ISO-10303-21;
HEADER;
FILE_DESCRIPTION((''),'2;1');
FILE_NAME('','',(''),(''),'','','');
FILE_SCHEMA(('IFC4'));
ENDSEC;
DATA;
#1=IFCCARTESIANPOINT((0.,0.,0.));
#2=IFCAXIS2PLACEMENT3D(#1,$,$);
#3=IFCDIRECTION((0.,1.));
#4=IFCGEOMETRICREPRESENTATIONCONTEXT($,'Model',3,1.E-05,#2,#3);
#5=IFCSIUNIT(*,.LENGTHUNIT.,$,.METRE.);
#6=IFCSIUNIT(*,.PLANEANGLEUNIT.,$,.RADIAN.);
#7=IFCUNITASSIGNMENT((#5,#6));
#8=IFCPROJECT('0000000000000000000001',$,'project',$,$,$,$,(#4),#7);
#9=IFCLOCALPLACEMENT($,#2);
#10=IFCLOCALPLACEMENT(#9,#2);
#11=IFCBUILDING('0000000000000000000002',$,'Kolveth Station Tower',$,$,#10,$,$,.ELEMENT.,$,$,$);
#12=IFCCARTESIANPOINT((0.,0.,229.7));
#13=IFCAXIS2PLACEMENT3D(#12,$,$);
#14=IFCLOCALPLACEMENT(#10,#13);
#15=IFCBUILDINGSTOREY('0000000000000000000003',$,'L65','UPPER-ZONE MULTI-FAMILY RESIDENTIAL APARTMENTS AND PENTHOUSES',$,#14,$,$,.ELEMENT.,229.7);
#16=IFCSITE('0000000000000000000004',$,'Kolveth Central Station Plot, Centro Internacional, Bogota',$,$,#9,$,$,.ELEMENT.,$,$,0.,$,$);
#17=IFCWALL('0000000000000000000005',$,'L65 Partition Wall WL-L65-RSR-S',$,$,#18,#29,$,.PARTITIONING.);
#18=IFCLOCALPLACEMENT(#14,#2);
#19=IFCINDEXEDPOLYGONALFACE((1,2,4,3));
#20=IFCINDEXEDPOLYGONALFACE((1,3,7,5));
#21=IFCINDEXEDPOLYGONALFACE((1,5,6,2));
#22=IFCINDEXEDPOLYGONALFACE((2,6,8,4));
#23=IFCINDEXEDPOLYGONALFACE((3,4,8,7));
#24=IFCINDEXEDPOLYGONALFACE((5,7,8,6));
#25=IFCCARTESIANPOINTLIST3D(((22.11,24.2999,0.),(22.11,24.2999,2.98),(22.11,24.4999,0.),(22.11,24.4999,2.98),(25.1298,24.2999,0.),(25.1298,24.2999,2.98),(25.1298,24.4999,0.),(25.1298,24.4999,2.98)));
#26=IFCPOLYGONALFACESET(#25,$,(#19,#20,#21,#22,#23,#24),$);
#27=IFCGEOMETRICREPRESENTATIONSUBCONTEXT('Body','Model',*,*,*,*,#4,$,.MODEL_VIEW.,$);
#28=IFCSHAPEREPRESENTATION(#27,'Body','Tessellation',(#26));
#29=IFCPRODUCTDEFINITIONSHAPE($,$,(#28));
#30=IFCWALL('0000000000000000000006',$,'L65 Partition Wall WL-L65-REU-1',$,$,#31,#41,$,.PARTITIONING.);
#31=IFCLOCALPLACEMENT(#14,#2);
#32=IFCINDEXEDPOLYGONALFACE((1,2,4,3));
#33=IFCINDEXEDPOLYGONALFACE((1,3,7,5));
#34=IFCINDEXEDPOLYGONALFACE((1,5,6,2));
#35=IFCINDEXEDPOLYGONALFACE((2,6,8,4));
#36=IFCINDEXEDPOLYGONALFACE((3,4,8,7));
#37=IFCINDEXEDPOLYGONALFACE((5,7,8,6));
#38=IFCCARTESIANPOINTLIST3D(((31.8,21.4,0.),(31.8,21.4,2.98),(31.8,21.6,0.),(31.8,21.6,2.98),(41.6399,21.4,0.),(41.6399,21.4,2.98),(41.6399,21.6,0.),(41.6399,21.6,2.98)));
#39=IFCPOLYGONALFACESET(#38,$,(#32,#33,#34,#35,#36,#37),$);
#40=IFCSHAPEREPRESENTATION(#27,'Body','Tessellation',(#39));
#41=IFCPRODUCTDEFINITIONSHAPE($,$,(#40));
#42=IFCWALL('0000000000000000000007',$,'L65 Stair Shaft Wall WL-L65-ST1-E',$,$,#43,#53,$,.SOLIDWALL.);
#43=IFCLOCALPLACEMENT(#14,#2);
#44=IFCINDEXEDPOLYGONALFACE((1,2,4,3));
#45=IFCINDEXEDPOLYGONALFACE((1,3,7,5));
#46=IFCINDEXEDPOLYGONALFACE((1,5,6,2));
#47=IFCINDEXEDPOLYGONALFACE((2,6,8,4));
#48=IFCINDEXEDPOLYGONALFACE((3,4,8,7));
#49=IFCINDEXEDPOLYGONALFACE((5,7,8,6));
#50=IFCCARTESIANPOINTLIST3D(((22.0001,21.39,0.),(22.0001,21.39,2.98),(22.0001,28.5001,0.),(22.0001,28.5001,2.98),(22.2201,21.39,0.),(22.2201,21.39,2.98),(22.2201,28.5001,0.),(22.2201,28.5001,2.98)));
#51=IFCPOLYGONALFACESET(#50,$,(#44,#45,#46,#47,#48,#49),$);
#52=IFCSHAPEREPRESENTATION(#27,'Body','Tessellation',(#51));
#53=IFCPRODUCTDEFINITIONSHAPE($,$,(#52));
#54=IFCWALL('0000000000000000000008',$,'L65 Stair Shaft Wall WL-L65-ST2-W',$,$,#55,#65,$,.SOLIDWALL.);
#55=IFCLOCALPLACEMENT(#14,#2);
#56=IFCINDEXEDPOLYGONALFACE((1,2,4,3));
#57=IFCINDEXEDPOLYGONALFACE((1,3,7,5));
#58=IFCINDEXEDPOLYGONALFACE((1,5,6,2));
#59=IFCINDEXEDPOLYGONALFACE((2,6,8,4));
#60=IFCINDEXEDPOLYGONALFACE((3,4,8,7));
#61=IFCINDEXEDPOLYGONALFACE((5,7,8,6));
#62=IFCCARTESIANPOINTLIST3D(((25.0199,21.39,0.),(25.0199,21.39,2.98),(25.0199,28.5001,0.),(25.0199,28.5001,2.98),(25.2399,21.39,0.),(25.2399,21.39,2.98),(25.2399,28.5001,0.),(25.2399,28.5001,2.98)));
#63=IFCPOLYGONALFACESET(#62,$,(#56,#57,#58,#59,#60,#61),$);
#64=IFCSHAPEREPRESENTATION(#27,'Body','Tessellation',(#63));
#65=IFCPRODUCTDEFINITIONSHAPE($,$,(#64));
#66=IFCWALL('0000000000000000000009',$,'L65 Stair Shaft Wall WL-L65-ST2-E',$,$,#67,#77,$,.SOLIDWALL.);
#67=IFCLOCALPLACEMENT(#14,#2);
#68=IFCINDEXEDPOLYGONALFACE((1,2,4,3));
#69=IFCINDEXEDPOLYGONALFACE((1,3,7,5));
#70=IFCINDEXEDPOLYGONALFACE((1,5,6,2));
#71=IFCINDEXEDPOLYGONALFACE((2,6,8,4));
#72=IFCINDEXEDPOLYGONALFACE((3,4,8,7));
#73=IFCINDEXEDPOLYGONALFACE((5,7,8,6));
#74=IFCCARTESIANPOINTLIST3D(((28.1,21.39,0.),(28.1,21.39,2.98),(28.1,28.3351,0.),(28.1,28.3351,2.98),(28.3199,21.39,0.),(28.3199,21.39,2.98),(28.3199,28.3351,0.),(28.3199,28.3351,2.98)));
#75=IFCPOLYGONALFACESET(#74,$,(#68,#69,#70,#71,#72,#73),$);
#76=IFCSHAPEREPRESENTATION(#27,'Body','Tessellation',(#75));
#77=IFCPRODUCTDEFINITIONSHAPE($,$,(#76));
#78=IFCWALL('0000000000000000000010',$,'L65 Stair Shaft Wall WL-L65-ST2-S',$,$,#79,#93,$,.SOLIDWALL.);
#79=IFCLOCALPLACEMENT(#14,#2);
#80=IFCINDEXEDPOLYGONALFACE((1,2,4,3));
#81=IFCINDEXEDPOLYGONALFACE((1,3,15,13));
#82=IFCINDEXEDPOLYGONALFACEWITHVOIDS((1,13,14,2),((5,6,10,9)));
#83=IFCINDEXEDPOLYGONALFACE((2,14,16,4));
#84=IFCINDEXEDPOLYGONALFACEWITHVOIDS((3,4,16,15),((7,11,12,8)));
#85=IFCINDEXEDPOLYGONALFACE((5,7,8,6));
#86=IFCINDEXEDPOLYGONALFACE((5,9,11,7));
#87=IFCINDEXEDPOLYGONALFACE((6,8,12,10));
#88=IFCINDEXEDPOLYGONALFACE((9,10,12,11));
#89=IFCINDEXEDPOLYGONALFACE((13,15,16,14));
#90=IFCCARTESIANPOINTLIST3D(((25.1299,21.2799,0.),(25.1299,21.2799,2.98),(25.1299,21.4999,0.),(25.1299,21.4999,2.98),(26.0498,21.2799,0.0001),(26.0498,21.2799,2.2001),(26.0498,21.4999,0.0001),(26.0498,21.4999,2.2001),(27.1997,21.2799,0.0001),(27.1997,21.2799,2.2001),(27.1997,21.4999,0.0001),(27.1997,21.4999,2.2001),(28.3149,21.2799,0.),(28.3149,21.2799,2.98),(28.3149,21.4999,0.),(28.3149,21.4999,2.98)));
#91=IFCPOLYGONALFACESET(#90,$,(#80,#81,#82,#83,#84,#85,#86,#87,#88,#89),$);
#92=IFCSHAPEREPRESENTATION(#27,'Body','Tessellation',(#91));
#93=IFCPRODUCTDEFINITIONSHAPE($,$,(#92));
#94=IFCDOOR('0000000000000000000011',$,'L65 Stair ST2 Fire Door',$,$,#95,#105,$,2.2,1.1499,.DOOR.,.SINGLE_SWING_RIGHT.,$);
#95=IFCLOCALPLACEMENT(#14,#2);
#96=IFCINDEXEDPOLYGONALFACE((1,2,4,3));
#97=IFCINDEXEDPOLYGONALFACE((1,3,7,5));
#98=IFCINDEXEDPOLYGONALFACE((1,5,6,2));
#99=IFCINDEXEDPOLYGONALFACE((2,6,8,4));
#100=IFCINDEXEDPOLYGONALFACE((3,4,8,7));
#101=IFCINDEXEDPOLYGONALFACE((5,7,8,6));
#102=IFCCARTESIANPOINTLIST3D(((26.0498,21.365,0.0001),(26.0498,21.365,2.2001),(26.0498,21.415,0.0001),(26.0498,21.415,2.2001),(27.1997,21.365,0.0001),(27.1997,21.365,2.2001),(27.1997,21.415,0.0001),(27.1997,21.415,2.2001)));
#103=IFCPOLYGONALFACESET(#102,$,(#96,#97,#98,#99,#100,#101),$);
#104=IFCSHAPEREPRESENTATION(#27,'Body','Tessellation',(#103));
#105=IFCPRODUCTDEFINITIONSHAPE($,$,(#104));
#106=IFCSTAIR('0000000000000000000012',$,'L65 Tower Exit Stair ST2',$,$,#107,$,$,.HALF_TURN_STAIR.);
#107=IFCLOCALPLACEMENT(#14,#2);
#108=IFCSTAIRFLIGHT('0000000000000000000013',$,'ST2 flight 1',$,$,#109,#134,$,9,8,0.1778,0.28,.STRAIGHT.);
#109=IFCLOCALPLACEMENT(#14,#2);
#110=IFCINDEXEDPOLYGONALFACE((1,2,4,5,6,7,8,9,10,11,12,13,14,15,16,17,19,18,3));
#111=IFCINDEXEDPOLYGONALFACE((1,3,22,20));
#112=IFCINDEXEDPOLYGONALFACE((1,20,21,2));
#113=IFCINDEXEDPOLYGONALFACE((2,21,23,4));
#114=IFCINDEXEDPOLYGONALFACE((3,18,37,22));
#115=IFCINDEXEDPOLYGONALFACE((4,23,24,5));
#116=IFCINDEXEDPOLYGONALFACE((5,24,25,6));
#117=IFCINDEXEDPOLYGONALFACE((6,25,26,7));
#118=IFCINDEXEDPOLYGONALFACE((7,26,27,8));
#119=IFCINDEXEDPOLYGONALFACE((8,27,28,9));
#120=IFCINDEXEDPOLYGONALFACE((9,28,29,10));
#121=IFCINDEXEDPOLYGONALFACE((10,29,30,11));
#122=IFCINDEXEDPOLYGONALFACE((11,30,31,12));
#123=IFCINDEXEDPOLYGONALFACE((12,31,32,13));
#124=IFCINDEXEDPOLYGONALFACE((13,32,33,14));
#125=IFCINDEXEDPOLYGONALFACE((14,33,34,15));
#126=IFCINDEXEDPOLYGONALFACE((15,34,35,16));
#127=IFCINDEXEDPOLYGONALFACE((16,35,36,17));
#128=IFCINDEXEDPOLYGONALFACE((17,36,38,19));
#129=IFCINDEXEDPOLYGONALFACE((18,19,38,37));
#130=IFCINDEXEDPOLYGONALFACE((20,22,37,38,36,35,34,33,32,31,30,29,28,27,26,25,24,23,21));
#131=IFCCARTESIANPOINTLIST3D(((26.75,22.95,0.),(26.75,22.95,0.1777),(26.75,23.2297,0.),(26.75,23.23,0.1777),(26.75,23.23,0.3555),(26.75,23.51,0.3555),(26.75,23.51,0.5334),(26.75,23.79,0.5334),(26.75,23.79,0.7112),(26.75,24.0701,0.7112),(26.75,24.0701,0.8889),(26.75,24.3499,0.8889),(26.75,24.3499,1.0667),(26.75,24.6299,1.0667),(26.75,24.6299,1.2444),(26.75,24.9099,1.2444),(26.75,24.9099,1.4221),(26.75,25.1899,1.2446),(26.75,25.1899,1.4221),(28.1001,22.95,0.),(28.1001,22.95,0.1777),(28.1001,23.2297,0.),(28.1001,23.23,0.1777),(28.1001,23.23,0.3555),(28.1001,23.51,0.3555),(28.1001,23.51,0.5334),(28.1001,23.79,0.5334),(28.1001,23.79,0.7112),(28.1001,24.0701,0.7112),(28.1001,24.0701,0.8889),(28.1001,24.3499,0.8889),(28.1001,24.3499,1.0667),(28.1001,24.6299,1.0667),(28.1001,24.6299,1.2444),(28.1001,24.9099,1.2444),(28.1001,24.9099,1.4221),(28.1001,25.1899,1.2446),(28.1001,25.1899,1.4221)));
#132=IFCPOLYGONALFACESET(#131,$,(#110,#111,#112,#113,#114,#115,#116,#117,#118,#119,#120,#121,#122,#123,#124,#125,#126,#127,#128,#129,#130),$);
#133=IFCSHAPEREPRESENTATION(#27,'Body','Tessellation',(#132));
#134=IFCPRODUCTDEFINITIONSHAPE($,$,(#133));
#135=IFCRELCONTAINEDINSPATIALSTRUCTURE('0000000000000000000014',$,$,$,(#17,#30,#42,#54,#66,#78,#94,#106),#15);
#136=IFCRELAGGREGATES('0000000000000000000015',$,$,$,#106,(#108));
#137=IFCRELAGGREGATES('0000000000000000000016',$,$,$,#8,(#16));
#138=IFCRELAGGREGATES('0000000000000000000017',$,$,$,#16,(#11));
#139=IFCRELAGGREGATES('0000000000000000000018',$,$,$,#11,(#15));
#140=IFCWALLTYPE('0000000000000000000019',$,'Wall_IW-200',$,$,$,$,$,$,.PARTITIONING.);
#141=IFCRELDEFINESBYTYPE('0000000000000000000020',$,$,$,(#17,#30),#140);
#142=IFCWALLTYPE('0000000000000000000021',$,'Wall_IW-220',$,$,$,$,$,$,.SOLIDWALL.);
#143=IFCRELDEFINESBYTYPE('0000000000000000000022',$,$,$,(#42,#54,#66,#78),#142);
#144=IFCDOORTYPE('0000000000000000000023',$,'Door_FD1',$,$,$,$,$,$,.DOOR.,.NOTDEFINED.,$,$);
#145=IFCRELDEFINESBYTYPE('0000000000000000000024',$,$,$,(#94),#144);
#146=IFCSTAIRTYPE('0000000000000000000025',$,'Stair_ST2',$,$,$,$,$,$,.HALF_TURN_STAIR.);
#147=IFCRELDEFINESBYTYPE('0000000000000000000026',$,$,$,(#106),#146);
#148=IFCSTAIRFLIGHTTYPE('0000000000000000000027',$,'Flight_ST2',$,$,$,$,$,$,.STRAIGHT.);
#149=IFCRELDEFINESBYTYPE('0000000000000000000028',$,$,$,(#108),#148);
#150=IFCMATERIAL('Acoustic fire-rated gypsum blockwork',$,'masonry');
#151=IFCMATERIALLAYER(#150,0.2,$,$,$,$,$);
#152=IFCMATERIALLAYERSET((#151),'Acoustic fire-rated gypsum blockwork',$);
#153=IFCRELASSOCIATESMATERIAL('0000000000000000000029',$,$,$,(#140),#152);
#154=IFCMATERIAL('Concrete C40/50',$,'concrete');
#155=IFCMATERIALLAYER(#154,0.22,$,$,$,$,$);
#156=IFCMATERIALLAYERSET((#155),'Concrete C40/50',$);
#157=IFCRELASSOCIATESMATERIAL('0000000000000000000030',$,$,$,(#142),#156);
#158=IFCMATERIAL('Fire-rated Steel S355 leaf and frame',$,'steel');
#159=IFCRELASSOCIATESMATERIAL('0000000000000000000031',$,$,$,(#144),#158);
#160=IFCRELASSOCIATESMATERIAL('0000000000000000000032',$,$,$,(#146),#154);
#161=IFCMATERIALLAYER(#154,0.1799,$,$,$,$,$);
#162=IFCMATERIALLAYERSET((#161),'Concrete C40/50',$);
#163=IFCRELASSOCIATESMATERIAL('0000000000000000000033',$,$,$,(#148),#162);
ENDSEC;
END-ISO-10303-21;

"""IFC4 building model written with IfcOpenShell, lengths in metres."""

from ifc_helpers import new_model, si_unit, direction, frame, frame_2d, origin, place, context, subcontext, project, spatial, polyline, rectangle, outline, extrude, material, layer, layer_set, type_object, element, fill, aggregate, save


model = new_model("IFC4")

# Units and contexts
model_context = context("Model", 3, precision=1e-05, world=origin(), true_north=direction((0.0, 1.0)))
body_context = subcontext(model_context, "Body", "Model", "MODEL_VIEW")
ifc_project = project(units=[si_unit("LENGTHUNIT", "METRE"), si_unit("PLANEANGLEUNIT", "RADIAN")], contexts=[model_context])

# Site, building, storey
site_placement = place(None, origin())
site = spatial("IfcSite", under=ifc_project, at=site_placement, Name="Kolveth Central Station Plot, Centro Internacional, Bogota", CompositionType="ELEMENT", RefElevation=0.0)
building_placement = place(site_placement, origin())
building = spatial("IfcBuilding", under=site, at=building_placement, Name="Kolveth Station Tower", CompositionType="ELEMENT")
storey_placement = place(building_placement, frame((0.0, 0.0, 229.7)))
storey = spatial("IfcBuildingStorey", under=building, at=storey_placement, Name="L65", Description="UPPER-ZONE MULTI-FAMILY RESIDENTIAL APARTMENTS AND PENTHOUSES", CompositionType="ELEMENT", Elevation=229.7)

# Walls
ifc_material_1 = material(Name="Acoustic fire-rated gypsum blockwork", Category="masonry")
ifc_layer_1 = layer(ifc_material_1, 0.2)
ifc_layer_set_1 = layer_set([ifc_layer_1], Name="Acoustic fire-rated gypsum blockwork")
wall_type_1 = type_object("IfcWallType", Name="Wall_IW-200", PredefinedType="PARTITIONING", material=ifc_layer_set_1)
wall_1_placement = place(storey_placement, frame((22.1101, 24.3999, 0.0), z_axis=(0.0, 0.0, 1.0), x_axis=(1.0, 0.0, 0.0)))
element("IfcWall", 1, at=wall_1_placement, inside=storey, type_object=wall_type_1, Name="L65 Partition Wall WL-L65-RSR-S", PredefinedType="PARTITIONING", context=body_context, shape_type="SweptSolid", body=[
    extrude(rectangle(XDim=3.0198, YDim=0.2, at=frame_2d((1.5098, 0.0))), origin(), (0.0, 0.0, 1.0), 2.98),
])
wall_2_placement = place(storey_placement, frame((31.8, 21.5, 0.0), z_axis=(0.0, 0.0, 1.0), x_axis=(1.0, 0.0, 0.0)))
element("IfcWall", 2, at=wall_2_placement, inside=storey, type_object=wall_type_1, Name="L65 Partition Wall WL-L65-REU-1", PredefinedType="PARTITIONING", context=body_context, shape_type="SweptSolid", body=[
    extrude(rectangle(XDim=9.8398, YDim=0.2, at=frame_2d((4.9199, 0.0))), origin(), (0.0, 0.0, 1.0), 2.98),
])
ifc_material_2 = material(Name="Concrete C40/50", Category="concrete")
ifc_layer_2 = layer(ifc_material_2, 0.22)
ifc_layer_set_2 = layer_set([ifc_layer_2], Name="Concrete C40/50")
wall_type_2 = type_object("IfcWallType", Name="Wall_IW-220", PredefinedType="SOLIDWALL", material=ifc_layer_set_2)
for number, where, z_axis, x_axis, name in (
    (3, (22.1101, 21.3899, 0.0), (0.0, 0.0, 1.0), (0.0, 1.0, 0.0), "L65 Stair Shaft Wall WL-L65-ST1-E"),
    (4, (25.1299, 21.3899, 0.0), (0.0, 0.0, 1.0), (0.0, 1.0, 0.0), "L65 Stair Shaft Wall WL-L65-ST2-W"),
):
    element("IfcWall", number, at=place(storey_placement, frame(where, z_axis=z_axis, x_axis=x_axis)), inside=storey, type_object=wall_type_2, Name=name, PredefinedType="SOLIDWALL", context=body_context, shape_type="SweptSolid", body=[
        extrude(rectangle(XDim=7.1101, YDim=0.22, at=frame_2d((3.5552, 0.0))), origin(), (0.0, 0.0, 1.0), 2.98),
    ])
wall_3_placement = place(storey_placement, frame((28.21, 21.3899, 0.0), z_axis=(0.0, 0.0, 1.0), x_axis=(0.0, 1.0, 0.0)))
element("IfcWall", 5, at=wall_3_placement, inside=storey, type_object=wall_type_2, Name="L65 Stair Shaft Wall WL-L65-ST2-E", PredefinedType="SOLIDWALL", context=body_context, shape_type="SweptSolid", body=[
    extrude(rectangle(XDim=6.9451, YDim=0.22, at=frame_2d((3.4727, 0.0))), origin(), (0.0, 0.0, 1.0), 2.98),
])

# Wall, opening, door
wall_4_placement = place(storey_placement, frame((25.1299, 21.3899, 0.0), z_axis=(0.0, 0.0, 1.0), x_axis=(1.0, 0.0, 0.0)))
wall_4 = element("IfcWall", 6, at=wall_4_placement, inside=storey, type_object=wall_type_2, Name="L65 Stair Shaft Wall WL-L65-ST2-S", PredefinedType="SOLIDWALL", context=body_context, shape_type="SweptSolid", body=[
    extrude(rectangle(XDim=3.1851, YDim=0.22, at=frame_2d((1.5925, 0.0))), origin(), (0.0, 0.0, 1.0), 2.98),
])
opening_placement = place(wall_4_placement, frame((0.9199, 0.0, 0.0)))
opening = element("IfcOpeningElement", 7, at=opening_placement, cuts=wall_4, PredefinedType="OPENING", context=body_context, shape_type="SweptSolid", body=[
    extrude(rectangle(XDim=1.1499, YDim=2.2, at=frame_2d((0.575, 1.1001))), frame((0.0, 0.1199, 0.0), z_axis=(0.0, -1.0, 0.0), x_axis=(1.0, 0.0, 0.0)), (0.0, 0.0, 1.0), 0.24),
])
ifc_material_3 = material(Name="Fire-rated Steel S355 leaf and frame", Category="steel")
door_type = type_object("IfcDoorType", Name="Door_FD1", OperationType="NOTDEFINED", PredefinedType="DOOR", material=ifc_material_3)
door_placement = place(opening_placement, frame((1.1499, 0.0, 0.0), z_axis=(0.0, 0.0, 1.0), x_axis=(-1.0, 0.0, 0.0)))
door = element("IfcDoor", 8, at=door_placement, inside=storey, type_object=door_type, Name="L65 Stair ST2 Fire Door", OperationType="SINGLE_SWING_RIGHT", OverallHeight=2.2, OverallWidth=1.1499, PredefinedType="DOOR", context=body_context, shape_type="SweptSolid", body=[
    extrude(rectangle(XDim=1.1499, YDim=2.2, at=frame_2d((0.575, 1.1001))), frame((0.0, 0.0249, 0.0), z_axis=(0.0, -1.0, 0.0), x_axis=(1.0, 0.0, 0.0)), (0.0, 0.0, 1.0), 0.05),
])
fill(opening, door)

# Stair, stair flight
stair_type = type_object("IfcStairType", Name="Stair_ST2", PredefinedType="HALF_TURN_STAIR", material=ifc_material_2)
stair_placement = place(storey_placement, origin())
stair = element("IfcStair", 9, at=stair_placement, inside=storey, type_object=stair_type, Name="L65 Tower Exit Stair ST2", PredefinedType="HALF_TURN_STAIR")
ifc_layer_3 = layer(ifc_material_2, 0.1799)
ifc_layer_set_3 = layer_set([ifc_layer_3], Name="Concrete C40/50")
stair_flight_type = type_object("IfcStairFlightType", Name="Flight_ST2", PredefinedType="STRAIGHT", material=ifc_layer_set_3)
stair_flight_placement = place(storey_placement, frame((27.425, 22.95, 0.0), z_axis=(0.0, 0.0, 1.0), x_axis=(0.0, 1.0, 0.0)))
stair_flight = element("IfcStairFlight", 10, at=stair_flight_placement, type_object=stair_flight_type, Name="ST2 flight 1", NumberOfRisers=9, NumberOfTreads=8, PredefinedType="STRAIGHT", RiserHeight=0.1778, TreadLength=0.28, context=body_context, shape_type="SweptSolid", body=[
    extrude(outline(polyline([(0.0, 0.0), (0.0, 0.1777), (0.28, 0.1777), (0.28, 0.3555), (0.5601, 0.3555), (0.5601, 0.5334), (0.8401, 0.5334), (0.8401, 0.7112), (1.1201, 0.7112), (1.1201, 0.8889), (1.3999, 0.8889), (1.3999, 1.0667), (1.6799, 1.0667), (1.6799, 1.2444), (1.96, 1.2444), (1.96, 1.4221), (2.24, 1.4221), (2.24, 1.6001), (2.24, 1.2446), (0.2798, 0.0), (0.0, 0.0)])), frame((0.0, 0.675, 0.0), z_axis=(0.0, -1.0, 0.0), x_axis=(1.0, 0.0, 0.0)), (0.0, 0.0, 1.0), 1.3501),
])
aggregate(stair, [stair_flight])

save(model, "model.ifc")
